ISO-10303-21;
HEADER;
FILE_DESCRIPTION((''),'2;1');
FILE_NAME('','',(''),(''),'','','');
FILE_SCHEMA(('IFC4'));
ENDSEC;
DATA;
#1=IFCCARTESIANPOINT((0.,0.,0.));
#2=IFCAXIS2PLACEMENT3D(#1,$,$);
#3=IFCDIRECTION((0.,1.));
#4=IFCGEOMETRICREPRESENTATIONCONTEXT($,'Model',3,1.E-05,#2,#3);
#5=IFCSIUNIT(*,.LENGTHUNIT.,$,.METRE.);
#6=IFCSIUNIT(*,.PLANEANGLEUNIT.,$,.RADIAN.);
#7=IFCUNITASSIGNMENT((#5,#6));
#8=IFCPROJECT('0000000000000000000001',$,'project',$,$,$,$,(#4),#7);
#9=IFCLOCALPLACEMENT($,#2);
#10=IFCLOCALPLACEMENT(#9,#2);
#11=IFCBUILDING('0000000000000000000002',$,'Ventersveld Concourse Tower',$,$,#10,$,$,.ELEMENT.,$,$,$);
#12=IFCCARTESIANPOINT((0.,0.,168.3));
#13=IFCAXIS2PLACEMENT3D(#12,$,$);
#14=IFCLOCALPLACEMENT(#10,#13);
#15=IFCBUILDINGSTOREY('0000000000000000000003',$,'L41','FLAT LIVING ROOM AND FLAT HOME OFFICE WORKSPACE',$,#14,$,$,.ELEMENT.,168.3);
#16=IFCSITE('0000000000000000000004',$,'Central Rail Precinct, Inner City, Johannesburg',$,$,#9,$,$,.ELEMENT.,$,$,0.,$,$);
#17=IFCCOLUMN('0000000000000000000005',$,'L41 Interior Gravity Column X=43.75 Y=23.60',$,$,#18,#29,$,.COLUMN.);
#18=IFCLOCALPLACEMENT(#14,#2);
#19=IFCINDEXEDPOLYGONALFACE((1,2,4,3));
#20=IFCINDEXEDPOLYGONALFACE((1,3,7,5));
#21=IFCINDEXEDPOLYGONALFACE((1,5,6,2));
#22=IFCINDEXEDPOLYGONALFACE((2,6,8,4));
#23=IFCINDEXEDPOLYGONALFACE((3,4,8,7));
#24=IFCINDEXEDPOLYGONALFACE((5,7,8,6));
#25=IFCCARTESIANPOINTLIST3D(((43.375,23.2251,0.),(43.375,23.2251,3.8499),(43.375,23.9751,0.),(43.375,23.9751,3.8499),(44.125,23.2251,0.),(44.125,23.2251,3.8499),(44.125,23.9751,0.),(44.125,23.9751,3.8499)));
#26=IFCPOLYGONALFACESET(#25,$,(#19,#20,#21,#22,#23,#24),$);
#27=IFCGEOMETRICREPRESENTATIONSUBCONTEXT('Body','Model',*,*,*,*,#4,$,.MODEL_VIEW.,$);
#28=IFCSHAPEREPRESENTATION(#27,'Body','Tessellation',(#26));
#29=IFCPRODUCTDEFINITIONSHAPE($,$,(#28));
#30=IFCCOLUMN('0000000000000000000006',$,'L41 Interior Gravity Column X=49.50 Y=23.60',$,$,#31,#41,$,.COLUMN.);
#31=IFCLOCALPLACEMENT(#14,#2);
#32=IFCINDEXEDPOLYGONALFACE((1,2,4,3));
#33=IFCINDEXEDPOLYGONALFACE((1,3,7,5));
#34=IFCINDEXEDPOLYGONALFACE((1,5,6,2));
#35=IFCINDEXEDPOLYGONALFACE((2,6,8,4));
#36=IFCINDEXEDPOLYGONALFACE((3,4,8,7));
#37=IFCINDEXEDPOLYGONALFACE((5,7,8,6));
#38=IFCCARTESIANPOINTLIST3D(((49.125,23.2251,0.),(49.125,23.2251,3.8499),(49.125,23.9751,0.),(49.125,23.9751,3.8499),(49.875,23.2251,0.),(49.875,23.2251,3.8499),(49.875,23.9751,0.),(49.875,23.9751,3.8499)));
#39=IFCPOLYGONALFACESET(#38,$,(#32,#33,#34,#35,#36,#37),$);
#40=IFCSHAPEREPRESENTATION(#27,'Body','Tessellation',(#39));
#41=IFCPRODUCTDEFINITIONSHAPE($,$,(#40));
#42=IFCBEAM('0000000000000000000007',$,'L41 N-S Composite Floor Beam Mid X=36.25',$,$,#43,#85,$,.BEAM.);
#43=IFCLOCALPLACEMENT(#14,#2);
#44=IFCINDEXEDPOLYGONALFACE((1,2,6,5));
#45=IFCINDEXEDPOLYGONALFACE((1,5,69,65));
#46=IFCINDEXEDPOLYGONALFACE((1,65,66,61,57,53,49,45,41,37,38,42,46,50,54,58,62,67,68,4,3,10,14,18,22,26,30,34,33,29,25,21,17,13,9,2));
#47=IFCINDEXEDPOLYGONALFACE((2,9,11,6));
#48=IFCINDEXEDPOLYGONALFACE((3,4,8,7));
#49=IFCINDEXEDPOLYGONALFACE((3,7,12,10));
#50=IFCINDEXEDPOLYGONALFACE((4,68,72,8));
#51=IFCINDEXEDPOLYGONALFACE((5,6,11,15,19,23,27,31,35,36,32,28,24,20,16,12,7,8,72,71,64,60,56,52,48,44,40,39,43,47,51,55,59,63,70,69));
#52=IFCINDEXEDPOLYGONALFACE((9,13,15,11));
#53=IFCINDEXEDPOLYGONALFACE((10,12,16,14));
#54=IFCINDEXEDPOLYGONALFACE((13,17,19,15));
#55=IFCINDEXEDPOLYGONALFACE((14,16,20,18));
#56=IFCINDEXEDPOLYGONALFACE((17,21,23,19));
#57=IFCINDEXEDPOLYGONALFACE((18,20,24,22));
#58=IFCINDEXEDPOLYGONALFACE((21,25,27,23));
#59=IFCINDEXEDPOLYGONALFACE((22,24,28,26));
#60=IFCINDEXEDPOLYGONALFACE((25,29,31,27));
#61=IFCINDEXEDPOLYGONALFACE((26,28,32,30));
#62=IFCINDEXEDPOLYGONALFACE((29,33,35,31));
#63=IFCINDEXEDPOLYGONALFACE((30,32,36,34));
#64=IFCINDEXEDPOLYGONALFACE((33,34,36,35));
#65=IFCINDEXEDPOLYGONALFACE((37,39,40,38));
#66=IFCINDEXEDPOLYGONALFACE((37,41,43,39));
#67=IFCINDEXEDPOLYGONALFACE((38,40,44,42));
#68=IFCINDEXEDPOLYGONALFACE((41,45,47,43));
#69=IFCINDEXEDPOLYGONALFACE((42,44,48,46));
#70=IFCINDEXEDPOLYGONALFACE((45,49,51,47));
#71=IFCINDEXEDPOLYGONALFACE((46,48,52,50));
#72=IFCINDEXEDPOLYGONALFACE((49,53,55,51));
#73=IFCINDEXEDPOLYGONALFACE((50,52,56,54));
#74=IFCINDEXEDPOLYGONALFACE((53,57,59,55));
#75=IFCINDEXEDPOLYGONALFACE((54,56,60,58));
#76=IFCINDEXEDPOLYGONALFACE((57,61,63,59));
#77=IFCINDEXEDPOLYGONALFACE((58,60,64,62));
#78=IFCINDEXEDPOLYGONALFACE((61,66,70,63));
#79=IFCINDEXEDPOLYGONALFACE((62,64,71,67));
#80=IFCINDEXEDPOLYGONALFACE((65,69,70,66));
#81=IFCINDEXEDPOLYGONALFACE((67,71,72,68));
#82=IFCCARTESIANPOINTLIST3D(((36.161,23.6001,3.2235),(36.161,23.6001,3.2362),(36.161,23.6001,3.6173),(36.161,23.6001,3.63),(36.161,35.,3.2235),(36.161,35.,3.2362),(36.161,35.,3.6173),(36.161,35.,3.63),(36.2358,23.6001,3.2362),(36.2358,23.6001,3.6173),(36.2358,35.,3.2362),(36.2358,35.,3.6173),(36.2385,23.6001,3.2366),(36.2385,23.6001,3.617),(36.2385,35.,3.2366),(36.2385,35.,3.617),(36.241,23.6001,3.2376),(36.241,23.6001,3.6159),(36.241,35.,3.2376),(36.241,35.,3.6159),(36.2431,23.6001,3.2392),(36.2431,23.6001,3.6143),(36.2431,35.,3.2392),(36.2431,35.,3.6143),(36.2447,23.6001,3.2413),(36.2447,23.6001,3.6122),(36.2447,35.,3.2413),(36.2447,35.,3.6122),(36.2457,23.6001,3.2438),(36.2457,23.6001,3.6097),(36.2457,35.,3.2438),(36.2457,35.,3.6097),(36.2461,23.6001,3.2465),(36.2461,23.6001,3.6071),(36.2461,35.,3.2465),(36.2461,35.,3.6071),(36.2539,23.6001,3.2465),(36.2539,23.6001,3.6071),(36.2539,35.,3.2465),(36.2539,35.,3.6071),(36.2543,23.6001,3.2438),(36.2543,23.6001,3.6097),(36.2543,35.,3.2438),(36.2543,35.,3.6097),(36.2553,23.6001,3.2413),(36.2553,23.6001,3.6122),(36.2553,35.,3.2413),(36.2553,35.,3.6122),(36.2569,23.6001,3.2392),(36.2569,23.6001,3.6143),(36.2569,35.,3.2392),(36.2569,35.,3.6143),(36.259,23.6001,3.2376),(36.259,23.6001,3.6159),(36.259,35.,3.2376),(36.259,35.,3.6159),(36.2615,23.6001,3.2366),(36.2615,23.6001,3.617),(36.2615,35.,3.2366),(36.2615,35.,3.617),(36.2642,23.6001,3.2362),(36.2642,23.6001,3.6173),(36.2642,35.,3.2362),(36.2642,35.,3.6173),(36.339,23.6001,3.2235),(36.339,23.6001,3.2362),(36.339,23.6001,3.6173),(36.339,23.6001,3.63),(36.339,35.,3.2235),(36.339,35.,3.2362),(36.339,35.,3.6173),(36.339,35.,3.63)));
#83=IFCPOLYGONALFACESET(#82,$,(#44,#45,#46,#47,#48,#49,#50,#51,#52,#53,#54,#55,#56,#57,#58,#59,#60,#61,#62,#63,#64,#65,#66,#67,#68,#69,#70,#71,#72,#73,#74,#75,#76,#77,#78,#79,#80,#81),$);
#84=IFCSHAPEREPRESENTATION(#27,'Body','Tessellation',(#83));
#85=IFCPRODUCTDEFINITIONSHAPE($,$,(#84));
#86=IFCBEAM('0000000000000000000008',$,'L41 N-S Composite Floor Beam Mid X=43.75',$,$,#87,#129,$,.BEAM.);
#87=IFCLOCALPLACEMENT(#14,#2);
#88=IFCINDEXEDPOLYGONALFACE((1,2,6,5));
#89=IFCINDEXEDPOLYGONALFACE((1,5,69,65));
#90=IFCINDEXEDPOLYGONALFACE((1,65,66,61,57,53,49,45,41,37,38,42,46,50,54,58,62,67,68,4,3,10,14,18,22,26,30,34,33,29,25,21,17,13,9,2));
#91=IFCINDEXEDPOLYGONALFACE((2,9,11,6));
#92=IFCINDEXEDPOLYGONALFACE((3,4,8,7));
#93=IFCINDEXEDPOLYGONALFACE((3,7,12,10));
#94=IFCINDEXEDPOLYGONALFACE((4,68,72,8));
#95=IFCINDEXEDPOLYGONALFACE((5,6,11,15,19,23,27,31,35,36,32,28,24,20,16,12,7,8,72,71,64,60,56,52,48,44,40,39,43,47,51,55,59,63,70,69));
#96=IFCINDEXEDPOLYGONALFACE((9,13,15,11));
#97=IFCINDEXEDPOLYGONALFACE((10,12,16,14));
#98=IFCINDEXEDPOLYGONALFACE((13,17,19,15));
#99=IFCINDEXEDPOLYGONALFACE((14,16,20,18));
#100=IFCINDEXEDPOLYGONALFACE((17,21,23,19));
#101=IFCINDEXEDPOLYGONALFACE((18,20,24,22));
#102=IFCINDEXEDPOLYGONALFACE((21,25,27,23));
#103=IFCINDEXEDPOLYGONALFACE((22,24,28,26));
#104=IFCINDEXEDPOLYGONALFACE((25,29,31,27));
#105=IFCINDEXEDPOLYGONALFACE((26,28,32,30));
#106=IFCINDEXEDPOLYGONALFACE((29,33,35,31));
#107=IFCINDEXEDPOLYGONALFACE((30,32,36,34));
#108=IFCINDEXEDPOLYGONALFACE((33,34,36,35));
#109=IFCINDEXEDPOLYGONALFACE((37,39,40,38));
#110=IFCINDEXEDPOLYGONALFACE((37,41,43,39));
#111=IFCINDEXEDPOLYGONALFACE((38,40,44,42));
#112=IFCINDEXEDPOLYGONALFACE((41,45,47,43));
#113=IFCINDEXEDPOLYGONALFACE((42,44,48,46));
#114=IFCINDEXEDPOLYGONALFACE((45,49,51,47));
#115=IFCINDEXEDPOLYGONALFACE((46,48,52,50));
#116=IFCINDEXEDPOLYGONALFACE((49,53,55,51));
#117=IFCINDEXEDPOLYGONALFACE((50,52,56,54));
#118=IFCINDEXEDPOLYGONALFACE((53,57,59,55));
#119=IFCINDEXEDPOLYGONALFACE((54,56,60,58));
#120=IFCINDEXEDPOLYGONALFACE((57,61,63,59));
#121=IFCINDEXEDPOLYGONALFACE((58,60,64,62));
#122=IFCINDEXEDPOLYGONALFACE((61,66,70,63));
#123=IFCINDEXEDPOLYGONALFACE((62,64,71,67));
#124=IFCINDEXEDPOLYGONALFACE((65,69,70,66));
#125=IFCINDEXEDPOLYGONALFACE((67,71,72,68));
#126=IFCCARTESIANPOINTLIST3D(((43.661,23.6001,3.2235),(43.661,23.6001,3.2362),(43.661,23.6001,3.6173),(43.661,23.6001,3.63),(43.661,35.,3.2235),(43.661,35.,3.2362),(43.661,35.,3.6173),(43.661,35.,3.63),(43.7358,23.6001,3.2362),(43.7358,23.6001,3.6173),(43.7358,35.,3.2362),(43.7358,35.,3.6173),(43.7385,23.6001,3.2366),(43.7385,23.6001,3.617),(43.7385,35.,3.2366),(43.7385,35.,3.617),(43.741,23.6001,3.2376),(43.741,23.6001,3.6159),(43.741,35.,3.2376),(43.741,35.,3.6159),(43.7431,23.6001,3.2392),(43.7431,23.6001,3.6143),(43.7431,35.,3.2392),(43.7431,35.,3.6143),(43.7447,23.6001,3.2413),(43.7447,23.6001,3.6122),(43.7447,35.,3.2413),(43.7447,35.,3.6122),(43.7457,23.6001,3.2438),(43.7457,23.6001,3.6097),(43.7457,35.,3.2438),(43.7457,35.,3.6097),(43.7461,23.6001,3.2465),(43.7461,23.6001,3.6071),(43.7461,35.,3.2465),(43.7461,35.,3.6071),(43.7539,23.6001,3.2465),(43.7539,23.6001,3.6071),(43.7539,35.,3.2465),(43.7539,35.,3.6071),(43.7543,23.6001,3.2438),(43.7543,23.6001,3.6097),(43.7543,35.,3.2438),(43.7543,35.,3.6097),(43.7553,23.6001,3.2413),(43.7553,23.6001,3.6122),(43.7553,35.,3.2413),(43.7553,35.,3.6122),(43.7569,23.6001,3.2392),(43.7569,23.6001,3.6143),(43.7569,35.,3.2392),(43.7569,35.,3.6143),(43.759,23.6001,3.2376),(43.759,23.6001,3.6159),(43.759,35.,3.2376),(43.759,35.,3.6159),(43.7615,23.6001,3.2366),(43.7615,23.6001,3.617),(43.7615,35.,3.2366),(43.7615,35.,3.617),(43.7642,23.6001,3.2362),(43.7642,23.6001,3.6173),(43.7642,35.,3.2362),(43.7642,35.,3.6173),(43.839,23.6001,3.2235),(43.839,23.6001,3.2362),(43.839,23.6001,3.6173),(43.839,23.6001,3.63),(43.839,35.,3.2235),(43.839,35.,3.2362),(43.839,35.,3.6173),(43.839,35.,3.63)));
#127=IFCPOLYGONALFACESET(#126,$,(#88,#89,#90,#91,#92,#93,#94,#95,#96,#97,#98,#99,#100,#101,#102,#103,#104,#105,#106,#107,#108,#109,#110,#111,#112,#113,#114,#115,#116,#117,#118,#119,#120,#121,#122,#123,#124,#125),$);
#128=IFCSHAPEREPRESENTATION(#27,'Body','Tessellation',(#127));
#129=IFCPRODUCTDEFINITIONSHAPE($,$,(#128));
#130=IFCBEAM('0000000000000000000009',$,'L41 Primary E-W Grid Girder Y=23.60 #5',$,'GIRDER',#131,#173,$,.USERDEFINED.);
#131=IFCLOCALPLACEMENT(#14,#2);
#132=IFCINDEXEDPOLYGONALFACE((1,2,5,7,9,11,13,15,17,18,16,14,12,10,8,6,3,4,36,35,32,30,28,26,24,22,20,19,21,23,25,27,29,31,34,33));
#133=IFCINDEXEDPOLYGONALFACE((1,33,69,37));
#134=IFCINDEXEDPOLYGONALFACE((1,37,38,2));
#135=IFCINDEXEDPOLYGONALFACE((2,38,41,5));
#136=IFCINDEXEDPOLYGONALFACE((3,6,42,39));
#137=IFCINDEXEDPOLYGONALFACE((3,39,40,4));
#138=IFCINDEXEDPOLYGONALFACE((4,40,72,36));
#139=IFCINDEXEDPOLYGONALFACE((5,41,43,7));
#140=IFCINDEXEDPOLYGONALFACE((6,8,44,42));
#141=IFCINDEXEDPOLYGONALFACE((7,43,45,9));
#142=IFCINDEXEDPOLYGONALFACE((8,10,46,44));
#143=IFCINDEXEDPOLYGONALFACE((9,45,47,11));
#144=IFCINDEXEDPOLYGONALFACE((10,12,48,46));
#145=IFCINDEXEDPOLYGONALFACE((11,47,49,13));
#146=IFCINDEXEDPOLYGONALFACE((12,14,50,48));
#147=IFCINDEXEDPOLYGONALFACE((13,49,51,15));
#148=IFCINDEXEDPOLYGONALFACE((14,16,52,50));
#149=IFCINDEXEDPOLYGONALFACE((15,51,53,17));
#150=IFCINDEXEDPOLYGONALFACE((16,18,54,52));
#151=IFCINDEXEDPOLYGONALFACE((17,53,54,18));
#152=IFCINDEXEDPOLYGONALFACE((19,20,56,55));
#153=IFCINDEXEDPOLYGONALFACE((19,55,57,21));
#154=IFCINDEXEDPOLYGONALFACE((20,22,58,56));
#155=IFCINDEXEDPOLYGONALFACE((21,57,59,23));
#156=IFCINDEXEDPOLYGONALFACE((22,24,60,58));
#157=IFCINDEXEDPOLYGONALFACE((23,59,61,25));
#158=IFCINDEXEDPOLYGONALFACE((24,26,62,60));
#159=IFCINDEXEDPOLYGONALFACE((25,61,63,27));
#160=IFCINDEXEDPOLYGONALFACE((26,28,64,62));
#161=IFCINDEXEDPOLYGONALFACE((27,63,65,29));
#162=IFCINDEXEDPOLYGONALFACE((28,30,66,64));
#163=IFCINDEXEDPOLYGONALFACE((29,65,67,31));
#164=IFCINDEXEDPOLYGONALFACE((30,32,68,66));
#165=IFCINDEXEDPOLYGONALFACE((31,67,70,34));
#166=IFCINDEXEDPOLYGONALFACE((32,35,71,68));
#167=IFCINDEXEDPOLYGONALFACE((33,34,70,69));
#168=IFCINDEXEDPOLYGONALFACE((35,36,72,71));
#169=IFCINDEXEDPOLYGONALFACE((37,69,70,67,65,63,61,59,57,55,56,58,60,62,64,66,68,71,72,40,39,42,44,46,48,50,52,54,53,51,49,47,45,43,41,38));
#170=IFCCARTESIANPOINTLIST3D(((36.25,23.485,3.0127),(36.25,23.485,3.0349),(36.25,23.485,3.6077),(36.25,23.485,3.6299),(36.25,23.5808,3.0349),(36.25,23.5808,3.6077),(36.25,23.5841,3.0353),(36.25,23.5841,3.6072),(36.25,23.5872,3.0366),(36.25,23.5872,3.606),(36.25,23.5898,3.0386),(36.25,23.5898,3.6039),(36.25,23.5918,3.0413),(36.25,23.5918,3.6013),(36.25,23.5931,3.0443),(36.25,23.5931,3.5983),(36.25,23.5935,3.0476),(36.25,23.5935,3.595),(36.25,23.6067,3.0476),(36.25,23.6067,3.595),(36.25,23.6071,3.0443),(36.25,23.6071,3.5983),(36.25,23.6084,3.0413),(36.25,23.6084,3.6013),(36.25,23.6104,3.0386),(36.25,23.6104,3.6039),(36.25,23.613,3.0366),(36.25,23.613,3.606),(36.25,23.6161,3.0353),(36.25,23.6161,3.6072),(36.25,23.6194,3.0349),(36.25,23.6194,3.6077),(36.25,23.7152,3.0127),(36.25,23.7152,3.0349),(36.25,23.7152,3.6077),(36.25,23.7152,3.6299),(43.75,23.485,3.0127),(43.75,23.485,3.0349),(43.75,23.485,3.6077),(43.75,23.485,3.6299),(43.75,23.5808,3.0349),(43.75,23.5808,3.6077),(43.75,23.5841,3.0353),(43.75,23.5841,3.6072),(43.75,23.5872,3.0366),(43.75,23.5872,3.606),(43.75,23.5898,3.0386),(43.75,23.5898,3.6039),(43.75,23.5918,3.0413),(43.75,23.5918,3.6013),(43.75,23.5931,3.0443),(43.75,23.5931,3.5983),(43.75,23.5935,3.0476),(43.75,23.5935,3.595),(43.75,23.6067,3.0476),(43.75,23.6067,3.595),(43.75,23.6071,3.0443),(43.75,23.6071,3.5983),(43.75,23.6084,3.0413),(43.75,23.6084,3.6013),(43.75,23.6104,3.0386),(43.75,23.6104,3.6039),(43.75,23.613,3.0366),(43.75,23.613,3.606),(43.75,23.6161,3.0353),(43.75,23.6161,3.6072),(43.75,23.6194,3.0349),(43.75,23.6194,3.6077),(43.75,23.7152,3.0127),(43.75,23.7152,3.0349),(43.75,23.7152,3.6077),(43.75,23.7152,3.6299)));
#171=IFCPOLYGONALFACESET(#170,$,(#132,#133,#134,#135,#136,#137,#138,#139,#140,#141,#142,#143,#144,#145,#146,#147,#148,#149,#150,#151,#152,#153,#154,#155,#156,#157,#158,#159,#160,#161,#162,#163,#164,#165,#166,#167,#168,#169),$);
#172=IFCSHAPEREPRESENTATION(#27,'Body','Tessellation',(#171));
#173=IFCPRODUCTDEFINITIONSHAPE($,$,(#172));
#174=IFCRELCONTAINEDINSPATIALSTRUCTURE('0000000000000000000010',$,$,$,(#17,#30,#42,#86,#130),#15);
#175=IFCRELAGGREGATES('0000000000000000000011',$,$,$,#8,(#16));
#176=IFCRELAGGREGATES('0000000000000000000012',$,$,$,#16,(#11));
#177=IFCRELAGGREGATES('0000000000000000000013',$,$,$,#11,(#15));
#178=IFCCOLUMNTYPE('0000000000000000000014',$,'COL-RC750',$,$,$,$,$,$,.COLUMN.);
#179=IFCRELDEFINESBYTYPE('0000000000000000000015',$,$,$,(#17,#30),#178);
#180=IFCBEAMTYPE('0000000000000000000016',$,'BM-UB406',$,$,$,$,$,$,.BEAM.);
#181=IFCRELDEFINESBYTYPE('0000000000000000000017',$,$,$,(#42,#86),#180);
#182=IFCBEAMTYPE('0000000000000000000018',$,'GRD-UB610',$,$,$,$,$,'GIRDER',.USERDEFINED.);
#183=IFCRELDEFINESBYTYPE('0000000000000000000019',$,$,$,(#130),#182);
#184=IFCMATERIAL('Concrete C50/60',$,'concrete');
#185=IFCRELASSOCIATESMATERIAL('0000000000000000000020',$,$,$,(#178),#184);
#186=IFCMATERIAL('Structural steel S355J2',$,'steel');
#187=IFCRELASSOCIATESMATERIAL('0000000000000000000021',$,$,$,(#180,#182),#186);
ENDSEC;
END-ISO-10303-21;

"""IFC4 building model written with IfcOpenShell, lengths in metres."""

from ifc_helpers import new_model, si_unit, direction, frame, origin, origin_2d, place, context, subcontext, project, spatial, rectangle, i_section, extrude, material, material_profile, profile_set, type_object, element, save


model = new_model("IFC4")

# Units and contexts
model_context = context("Model", 3, precision=1e-05, world=origin(), true_north=direction((0.0, 1.0)))
body_context = subcontext(model_context, "Body", "Model", "MODEL_VIEW")
ifc_project = project(units=[si_unit("LENGTHUNIT", "METRE"), si_unit("PLANEANGLEUNIT", "RADIAN")], contexts=[model_context])

# Site, building, storey
site_placement = place(None, origin())
site = spatial("IfcSite", under=ifc_project, at=site_placement, Name="Central Rail Precinct, Inner City, Johannesburg", CompositionType="ELEMENT", RefElevation=0.0)
building_placement = place(site_placement, origin())
building = spatial("IfcBuilding", under=site, at=building_placement, Name="Ventersveld Concourse Tower", CompositionType="ELEMENT")
storey_placement = place(building_placement, frame((0.0, 0.0, 168.3)))
storey = spatial("IfcBuildingStorey", under=building, at=storey_placement, Name="L41", Description="FLAT LIVING ROOM AND FLAT HOME OFFICE WORKSPACE", CompositionType="ELEMENT", Elevation=168.3)

# Columns
ifc_material_1 = material(Name="Concrete C50/60", Category="concrete")
ifc_material_profile_1 = material_profile(ifc_material_1, rectangle(XDim=0.75, YDim=0.75, at=origin_2d()), Name="RC 750x750")
ifc_profile_set_1 = profile_set([ifc_material_profile_1], Name="Concrete C50/60")
column_type = type_object("IfcColumnType", Name="COL-RC750", PredefinedType="COLUMN", material=ifc_profile_set_1)
for number, where, z_axis, x_axis, name in (
    (1, (43.75, 23.6001, 0.0), (0.0, 0.0, 1.0), (1.0, 0.0, 0.0), "L41 Interior Gravity Column X=43.75 Y=23.60"),
    (2, (49.5, 23.6001, 0.0), (0.0, 0.0, 1.0), (1.0, 0.0, 0.0), "L41 Interior Gravity Column X=49.50 Y=23.60"),
):
    element("IfcColumn", number, at=place(storey_placement, frame(where, z_axis=z_axis, x_axis=x_axis)), inside=storey, type_object=column_type, Name=name, PredefinedType="COLUMN", context=body_context, shape_type="SweptSolid", body=[
        extrude(rectangle(XDim=0.75, YDim=0.75, at=origin_2d()), origin(), (0.0, 0.0, 1.0), 3.8499),
    ])

# Beams
ifc_material_2 = material(Name="Structural steel S355J2", Category="steel")
ifc_material_profile_2 = material_profile(ifc_material_2, i_section(OverallWidth=0.178, OverallDepth=0.4065, WebThickness=0.0078, FlangeThickness=0.0127, FilletRadius=0.0103, at=origin_2d()), Name="UB 406x178x60")
ifc_profile_set_2 = profile_set([ifc_material_profile_2], Name="Structural steel S355J2")
beam_type_1 = type_object("IfcBeamType", Name="BM-UB406", PredefinedType="BEAM", material=ifc_profile_set_2)
for number, where, z_axis, x_axis, name in (
    (3, (36.25, 23.6001, 3.4268), (0.0, 1.0, 0.0), (-1.0, 0.0, 0.0), "L41 N-S Composite Floor Beam Mid X=36.25"),
    (4, (43.75, 23.6001, 3.4268), (0.0, 1.0, 0.0), (-1.0, 0.0, 0.0), "L41 N-S Composite Floor Beam Mid X=43.75"),
):
    element("IfcBeam", number, at=place(storey_placement, frame(where, z_axis=z_axis, x_axis=x_axis)), inside=storey, type_object=beam_type_1, Name=name, PredefinedType="BEAM", context=body_context, shape_type="SweptSolid", body=[
        extrude(i_section(OverallWidth=0.178, OverallDepth=0.4065, WebThickness=0.0078, FlangeThickness=0.0127, FilletRadius=0.0103, at=origin_2d()), origin(), (0.0, 0.0, 1.0), 11.3999),
    ])
ifc_material_profile_3 = material_profile(ifc_material_2, i_section(OverallWidth=0.2302, OverallDepth=0.6172, WebThickness=0.0132, FlangeThickness=0.0222, FilletRadius=0.0127, at=origin_2d()), Name="UB 610x229x140")
ifc_profile_set_3 = profile_set([ifc_material_profile_3], Name="Structural steel S355J2")
beam_type_2 = type_object("IfcBeamType", Name="GRD-UB610", ElementType="GIRDER", PredefinedType="USERDEFINED", material=ifc_profile_set_3)
beam_1_placement = place(storey_placement, frame((36.25, 23.6001, 3.3213), z_axis=(1.0, 0.0, 0.0), x_axis=(0.0, 1.0, 0.0)))
element("IfcBeam", 5, at=beam_1_placement, inside=storey, type_object=beam_type_2, Name="L41 Primary E-W Grid Girder Y=23.60 #5", ObjectType="GIRDER", PredefinedType="USERDEFINED", context=body_context, shape_type="SweptSolid", body=[
    extrude(i_section(OverallWidth=0.2302, OverallDepth=0.6172, WebThickness=0.0132, FlangeThickness=0.0222, FilletRadius=0.0127, at=origin_2d()), origin(), (0.0, 0.0, 1.0), 7.5),
])

save(model, "model.ifc")
